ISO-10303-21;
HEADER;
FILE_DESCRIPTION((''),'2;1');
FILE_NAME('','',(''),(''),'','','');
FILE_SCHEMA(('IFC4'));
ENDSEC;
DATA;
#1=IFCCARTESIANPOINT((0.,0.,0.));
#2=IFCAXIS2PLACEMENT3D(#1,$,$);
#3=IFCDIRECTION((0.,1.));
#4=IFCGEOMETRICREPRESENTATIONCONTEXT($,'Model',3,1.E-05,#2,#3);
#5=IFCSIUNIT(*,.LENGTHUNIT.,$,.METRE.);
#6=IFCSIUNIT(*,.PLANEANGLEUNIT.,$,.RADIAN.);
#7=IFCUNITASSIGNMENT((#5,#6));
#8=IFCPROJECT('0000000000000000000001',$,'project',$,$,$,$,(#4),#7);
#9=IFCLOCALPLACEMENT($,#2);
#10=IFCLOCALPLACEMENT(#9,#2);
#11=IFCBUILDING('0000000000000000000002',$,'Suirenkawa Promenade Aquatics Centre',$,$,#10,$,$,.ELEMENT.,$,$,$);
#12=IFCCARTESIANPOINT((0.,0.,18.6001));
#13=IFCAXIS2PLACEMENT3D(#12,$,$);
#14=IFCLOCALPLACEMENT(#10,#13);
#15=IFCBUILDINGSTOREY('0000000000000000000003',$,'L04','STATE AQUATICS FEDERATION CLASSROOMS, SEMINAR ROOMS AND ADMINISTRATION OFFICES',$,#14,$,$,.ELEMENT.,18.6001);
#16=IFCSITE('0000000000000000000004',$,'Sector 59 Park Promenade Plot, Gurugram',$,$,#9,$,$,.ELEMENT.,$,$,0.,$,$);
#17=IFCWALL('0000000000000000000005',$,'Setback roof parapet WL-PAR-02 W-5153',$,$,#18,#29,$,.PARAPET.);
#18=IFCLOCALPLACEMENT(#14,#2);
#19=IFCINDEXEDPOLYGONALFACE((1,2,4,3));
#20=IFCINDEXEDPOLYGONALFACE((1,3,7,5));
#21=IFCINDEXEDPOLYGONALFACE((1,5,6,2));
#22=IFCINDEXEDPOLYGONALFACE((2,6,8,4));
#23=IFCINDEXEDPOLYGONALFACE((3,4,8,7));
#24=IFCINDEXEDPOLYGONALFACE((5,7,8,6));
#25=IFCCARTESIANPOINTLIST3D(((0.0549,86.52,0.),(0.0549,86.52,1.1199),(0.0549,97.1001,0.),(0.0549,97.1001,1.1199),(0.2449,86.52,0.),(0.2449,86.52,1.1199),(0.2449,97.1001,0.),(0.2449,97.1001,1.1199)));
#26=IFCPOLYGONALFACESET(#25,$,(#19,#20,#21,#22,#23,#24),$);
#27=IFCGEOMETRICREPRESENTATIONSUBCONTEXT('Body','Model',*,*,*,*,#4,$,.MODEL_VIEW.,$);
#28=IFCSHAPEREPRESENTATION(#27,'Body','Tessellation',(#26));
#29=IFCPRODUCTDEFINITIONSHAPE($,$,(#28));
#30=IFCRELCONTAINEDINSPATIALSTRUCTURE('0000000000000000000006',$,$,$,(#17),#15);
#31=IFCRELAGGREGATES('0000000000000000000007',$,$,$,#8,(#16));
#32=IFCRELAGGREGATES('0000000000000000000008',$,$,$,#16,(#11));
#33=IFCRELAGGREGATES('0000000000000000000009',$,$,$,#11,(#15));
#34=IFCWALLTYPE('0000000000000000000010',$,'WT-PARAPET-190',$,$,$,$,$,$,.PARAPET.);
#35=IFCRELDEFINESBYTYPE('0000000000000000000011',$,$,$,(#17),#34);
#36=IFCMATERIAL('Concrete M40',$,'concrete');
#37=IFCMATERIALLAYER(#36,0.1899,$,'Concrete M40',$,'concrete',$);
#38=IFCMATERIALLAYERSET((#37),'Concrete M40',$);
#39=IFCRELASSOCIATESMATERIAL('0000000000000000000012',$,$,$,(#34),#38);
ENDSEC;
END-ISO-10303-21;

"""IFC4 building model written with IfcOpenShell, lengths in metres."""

from ifc_helpers import new_model, si_unit, direction, frame, frame_2d, origin, place, context, subcontext, project, spatial, rectangle, extrude, material, layer, layer_set, type_object, element, save


model = new_model("IFC4")

# Units and contexts
model_context = context("Model", 3, precision=1e-05, world=origin(), true_north=direction((0.0, 1.0)))
body_context = subcontext(model_context, "Body", "Model", "MODEL_VIEW")
ifc_project = project(units=[si_unit("LENGTHUNIT", "METRE"), si_unit("PLANEANGLEUNIT", "RADIAN")], contexts=[model_context])

# Site, building, storey
site_placement = place(None, origin())
site = spatial("IfcSite", under=ifc_project, at=site_placement, Name="Sector 59 Park Promenade Plot, Gurugram", CompositionType="ELEMENT", RefElevation=0.0)
building_placement = place(site_placement, origin())
building = spatial("IfcBuilding", under=site, at=building_placement, Name="Suirenkawa Promenade Aquatics Centre", CompositionType="ELEMENT")
storey_placement = place(building_placement, frame((0.0, 0.0, 18.6001)))
storey = spatial("IfcBuildingStorey", under=building, at=storey_placement, Name="L04", Description="STATE AQUATICS FEDERATION CLASSROOMS, SEMINAR ROOMS AND ADMINISTRATION OFFICES", CompositionType="ELEMENT", Elevation=18.6001)

# Shared definitions
ifc_material_1 = material(Name="Concrete M40", Category="concrete")

# Wall
ifc_layer_1 = layer(ifc_material_1, 0.1899, Name="Concrete M40", Category="concrete")
ifc_layer_set_1 = layer_set([ifc_layer_1], Name="Concrete M40")
wall_type_1 = type_object("IfcWallType", Name="WT-PARAPET-190", PredefinedType="PARAPET", material=ifc_layer_set_1)
wall_1_placement = place(storey_placement, frame((0.1499, 86.52, 0.0), z_axis=(0.0, 0.0, 1.0), x_axis=(0.0, 1.0, 0.0)))
element("IfcWall", 1, at=wall_1_placement, inside=storey, type_object=wall_type_1, Name="Setback roof parapet WL-PAR-02 W-5153", PredefinedType="PARAPET", context=body_context, shape_type="SweptSolid", body=[
    extrude(rectangle(XDim=10.5801, YDim=0.1899, at=frame_2d((5.29, 0.0))), origin(), (0.0, 0.0, 1.0), 1.1199),
])

save(model, "model.ifc")
